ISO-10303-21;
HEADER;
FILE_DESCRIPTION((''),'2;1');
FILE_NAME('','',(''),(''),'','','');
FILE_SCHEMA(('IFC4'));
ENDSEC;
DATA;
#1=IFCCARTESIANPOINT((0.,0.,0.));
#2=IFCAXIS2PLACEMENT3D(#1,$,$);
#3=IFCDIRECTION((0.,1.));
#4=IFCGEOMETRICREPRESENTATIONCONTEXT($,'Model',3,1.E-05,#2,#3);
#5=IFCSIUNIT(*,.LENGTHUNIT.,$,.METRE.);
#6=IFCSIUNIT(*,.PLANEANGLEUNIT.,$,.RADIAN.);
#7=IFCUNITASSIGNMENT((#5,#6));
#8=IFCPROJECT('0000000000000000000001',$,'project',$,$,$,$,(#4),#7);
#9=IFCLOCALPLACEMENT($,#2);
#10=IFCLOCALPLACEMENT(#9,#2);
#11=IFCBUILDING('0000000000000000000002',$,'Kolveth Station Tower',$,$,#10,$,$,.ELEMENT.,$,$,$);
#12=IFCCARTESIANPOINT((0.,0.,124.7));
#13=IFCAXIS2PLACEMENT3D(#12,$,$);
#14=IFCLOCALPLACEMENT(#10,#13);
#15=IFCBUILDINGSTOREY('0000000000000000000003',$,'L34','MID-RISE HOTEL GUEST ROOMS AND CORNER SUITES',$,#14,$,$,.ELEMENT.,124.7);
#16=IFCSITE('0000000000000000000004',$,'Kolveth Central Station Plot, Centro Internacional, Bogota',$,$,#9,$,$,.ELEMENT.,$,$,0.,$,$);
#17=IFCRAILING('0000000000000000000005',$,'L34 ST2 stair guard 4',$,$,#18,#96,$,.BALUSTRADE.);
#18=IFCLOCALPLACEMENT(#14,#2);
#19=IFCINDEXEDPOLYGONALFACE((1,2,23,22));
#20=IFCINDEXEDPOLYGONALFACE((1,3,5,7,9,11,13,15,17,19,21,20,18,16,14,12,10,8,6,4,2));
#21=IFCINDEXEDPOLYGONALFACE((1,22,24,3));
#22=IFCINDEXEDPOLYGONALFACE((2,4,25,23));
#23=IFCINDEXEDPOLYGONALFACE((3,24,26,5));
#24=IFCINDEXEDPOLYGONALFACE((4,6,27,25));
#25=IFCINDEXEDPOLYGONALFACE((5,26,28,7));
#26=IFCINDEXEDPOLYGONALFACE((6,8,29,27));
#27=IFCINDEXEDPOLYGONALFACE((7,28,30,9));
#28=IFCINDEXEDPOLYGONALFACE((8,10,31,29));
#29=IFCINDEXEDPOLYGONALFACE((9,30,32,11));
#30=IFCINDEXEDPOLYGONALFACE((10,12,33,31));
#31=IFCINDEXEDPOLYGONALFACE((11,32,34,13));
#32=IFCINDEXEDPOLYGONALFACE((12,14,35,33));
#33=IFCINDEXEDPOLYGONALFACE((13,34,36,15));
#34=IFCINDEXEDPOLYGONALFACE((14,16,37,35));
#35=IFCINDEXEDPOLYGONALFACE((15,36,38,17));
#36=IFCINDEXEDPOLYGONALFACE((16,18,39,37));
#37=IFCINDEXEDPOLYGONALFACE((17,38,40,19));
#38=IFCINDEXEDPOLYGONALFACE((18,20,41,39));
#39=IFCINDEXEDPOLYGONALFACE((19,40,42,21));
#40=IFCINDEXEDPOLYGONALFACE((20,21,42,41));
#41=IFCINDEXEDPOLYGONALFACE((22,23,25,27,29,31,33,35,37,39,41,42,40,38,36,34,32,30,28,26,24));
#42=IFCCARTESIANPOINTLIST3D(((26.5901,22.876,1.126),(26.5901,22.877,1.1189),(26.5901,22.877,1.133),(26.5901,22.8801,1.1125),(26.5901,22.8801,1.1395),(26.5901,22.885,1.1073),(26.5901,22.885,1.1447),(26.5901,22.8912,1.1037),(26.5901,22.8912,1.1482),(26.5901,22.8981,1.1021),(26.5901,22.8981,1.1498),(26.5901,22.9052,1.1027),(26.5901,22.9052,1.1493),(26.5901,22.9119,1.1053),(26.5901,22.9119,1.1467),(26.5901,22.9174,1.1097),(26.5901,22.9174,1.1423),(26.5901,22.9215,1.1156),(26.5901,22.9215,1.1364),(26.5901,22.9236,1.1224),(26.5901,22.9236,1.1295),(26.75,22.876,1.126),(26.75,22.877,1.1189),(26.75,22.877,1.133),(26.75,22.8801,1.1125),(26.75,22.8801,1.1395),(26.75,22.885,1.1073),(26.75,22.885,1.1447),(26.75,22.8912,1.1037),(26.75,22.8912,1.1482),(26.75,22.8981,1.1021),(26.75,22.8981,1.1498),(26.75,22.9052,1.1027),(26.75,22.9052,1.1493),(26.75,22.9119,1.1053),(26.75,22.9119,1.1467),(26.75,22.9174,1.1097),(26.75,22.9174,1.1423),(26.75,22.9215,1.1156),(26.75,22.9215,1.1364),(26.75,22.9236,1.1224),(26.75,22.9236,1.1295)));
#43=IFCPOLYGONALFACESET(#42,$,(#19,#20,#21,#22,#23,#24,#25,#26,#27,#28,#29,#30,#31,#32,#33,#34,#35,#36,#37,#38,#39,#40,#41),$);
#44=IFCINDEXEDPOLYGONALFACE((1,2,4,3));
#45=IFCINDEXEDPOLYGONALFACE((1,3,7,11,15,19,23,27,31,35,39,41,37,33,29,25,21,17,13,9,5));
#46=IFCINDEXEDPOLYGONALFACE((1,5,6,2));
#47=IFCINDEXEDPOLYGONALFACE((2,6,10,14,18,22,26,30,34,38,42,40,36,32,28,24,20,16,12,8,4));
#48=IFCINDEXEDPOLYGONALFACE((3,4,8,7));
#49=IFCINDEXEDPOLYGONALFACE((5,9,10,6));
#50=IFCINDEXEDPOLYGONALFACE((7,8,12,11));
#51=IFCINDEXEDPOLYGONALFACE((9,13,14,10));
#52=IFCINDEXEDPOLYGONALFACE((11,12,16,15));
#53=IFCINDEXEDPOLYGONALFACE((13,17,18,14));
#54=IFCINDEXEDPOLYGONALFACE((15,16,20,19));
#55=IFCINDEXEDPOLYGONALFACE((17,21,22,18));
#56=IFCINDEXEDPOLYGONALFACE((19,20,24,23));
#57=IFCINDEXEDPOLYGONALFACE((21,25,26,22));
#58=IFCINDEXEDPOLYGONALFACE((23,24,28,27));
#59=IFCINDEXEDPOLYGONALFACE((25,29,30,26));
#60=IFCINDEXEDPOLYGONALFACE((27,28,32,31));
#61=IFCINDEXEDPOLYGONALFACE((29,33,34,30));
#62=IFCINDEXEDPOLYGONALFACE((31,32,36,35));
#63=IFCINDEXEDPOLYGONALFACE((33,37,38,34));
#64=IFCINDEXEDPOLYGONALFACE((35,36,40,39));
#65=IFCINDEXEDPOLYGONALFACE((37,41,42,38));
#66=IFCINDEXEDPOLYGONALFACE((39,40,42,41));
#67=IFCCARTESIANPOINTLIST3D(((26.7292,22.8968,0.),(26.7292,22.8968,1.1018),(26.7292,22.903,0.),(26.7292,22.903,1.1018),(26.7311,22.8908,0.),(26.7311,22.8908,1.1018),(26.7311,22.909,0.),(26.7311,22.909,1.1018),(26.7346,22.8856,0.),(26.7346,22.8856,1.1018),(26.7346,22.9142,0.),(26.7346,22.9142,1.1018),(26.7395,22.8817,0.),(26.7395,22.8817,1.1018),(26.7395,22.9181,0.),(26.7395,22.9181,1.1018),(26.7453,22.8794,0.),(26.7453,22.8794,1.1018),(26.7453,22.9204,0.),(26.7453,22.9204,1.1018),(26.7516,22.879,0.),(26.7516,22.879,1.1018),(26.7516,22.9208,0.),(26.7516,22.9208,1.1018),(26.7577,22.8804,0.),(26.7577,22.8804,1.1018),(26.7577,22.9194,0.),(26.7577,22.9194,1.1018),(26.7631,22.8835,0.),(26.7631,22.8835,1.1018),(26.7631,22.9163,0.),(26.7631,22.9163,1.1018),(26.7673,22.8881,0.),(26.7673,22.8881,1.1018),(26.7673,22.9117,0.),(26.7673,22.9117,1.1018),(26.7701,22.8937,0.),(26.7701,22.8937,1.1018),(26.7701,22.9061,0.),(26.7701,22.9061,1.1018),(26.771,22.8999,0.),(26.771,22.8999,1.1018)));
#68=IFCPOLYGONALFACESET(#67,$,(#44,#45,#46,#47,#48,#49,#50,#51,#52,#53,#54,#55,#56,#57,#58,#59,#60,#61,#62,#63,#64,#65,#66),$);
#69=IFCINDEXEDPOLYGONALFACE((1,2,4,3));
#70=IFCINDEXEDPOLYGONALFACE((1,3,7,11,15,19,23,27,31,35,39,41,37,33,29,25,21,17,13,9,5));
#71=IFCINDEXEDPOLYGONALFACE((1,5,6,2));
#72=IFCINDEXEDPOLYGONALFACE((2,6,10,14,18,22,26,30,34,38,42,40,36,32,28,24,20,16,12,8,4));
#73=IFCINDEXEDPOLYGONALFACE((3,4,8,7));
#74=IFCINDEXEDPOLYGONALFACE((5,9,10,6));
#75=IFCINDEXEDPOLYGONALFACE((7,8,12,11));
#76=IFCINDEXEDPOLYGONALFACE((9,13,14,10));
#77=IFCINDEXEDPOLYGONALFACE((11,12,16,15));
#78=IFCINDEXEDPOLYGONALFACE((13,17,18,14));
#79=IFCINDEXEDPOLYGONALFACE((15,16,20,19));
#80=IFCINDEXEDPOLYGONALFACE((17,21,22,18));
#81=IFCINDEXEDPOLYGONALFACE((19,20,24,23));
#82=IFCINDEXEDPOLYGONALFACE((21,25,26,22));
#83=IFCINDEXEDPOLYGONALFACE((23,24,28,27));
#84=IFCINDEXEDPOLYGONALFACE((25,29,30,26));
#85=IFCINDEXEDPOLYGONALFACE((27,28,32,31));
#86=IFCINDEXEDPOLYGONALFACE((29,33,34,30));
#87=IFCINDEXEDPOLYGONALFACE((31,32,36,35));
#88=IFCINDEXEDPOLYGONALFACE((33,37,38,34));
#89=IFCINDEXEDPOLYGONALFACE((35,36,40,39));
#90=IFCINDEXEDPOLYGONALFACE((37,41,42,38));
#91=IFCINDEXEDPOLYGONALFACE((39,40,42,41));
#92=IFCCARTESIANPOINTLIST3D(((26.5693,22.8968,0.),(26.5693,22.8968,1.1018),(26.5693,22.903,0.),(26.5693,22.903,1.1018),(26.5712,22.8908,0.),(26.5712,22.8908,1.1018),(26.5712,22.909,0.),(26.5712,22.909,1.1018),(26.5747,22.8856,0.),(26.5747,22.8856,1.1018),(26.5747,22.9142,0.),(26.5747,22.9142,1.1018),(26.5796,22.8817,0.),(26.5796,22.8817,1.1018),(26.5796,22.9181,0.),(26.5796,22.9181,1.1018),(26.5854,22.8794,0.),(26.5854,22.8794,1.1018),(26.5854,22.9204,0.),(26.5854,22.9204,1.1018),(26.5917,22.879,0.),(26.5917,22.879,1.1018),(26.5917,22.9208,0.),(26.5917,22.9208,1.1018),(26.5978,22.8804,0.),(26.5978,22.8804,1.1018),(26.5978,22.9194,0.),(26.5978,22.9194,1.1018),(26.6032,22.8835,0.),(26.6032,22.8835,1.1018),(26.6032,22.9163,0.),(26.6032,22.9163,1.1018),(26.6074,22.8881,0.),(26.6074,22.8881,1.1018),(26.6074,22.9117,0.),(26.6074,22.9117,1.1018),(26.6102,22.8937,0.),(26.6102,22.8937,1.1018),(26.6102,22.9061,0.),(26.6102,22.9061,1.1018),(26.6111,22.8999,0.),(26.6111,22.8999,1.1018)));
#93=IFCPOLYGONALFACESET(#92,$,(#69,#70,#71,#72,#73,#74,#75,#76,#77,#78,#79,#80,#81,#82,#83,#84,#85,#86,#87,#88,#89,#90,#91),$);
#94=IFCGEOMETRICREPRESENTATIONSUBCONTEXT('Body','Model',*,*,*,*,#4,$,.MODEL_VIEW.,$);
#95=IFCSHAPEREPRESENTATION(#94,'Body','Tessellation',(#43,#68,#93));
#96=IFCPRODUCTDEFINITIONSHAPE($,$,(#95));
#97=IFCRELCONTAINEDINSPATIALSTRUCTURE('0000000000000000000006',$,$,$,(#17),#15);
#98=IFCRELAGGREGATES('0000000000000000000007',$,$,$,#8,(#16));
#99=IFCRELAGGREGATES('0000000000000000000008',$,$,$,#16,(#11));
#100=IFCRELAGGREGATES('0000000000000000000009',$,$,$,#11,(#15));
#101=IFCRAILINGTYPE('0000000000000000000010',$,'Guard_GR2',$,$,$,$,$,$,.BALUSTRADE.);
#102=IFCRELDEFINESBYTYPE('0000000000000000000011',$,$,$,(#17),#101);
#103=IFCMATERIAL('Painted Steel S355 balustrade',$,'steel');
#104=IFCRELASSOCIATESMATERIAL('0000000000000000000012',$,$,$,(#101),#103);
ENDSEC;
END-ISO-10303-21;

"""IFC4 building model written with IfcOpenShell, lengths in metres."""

from ifc_helpers import new_model, si_unit, direction, frame, origin, origin_2d, place, context, subcontext, project, spatial, circle, extrude, material, type_object, element, save


model = new_model("IFC4")

# Units and contexts
model_context = context("Model", 3, precision=1e-05, world=origin(), true_north=direction((0.0, 1.0)))
body_context = subcontext(model_context, "Body", "Model", "MODEL_VIEW")
ifc_project = project(units=[si_unit("LENGTHUNIT", "METRE"), si_unit("PLANEANGLEUNIT", "RADIAN")], contexts=[model_context])

# Site, building, storey
site_placement = place(None, origin())
site = spatial("IfcSite", under=ifc_project, at=site_placement, Name="Kolveth Central Station Plot, Centro Internacional, Bogota", CompositionType="ELEMENT", RefElevation=0.0)
building_placement = place(site_placement, origin())
building = spatial("IfcBuilding", under=site, at=building_placement, Name="Kolveth Station Tower", CompositionType="ELEMENT")
storey_placement = place(building_placement, frame((0.0, 0.0, 124.7)))
storey = spatial("IfcBuildingStorey", under=building, at=storey_placement, Name="L34", Description="MID-RISE HOTEL GUEST ROOMS AND CORNER SUITES", CompositionType="ELEMENT", Elevation=124.7)

# Railing
ifc_material_1 = material(Name="Painted Steel S355 balustrade", Category="steel")
railing_type_1 = type_object("IfcRailingType", Name="Guard_GR2", PredefinedType="BALUSTRADE", material=ifc_material_1)
railing_1_placement = place(storey_placement, frame((26.75, 22.8999, 0.0)))
element("IfcRailing", 1, at=railing_1_placement, inside=storey, type_object=railing_type_1, Name="L34 ST2 stair guard 4", PredefinedType="BALUSTRADE", context=body_context, shape_type="SweptSolid", body=[
    extrude(circle(Radius=0.0239, at=origin_2d()), frame((0.0, 0.0, 1.126), z_axis=(-1.0, 0.0, 0.0), x_axis=(0.0, -1.0, 0.0)), (0.0, 0.0, 1.0), 0.1599),
    extrude(circle(Radius=0.021, at=origin_2d()), origin(), (0.0, 0.0, 1.0), 1.1018),
    extrude(circle(Radius=0.021, at=origin_2d()), frame((-0.1599, 0.0, 0.0)), (0.0, 0.0, 1.0), 1.1018),
])

save(model, "model.ifc")
